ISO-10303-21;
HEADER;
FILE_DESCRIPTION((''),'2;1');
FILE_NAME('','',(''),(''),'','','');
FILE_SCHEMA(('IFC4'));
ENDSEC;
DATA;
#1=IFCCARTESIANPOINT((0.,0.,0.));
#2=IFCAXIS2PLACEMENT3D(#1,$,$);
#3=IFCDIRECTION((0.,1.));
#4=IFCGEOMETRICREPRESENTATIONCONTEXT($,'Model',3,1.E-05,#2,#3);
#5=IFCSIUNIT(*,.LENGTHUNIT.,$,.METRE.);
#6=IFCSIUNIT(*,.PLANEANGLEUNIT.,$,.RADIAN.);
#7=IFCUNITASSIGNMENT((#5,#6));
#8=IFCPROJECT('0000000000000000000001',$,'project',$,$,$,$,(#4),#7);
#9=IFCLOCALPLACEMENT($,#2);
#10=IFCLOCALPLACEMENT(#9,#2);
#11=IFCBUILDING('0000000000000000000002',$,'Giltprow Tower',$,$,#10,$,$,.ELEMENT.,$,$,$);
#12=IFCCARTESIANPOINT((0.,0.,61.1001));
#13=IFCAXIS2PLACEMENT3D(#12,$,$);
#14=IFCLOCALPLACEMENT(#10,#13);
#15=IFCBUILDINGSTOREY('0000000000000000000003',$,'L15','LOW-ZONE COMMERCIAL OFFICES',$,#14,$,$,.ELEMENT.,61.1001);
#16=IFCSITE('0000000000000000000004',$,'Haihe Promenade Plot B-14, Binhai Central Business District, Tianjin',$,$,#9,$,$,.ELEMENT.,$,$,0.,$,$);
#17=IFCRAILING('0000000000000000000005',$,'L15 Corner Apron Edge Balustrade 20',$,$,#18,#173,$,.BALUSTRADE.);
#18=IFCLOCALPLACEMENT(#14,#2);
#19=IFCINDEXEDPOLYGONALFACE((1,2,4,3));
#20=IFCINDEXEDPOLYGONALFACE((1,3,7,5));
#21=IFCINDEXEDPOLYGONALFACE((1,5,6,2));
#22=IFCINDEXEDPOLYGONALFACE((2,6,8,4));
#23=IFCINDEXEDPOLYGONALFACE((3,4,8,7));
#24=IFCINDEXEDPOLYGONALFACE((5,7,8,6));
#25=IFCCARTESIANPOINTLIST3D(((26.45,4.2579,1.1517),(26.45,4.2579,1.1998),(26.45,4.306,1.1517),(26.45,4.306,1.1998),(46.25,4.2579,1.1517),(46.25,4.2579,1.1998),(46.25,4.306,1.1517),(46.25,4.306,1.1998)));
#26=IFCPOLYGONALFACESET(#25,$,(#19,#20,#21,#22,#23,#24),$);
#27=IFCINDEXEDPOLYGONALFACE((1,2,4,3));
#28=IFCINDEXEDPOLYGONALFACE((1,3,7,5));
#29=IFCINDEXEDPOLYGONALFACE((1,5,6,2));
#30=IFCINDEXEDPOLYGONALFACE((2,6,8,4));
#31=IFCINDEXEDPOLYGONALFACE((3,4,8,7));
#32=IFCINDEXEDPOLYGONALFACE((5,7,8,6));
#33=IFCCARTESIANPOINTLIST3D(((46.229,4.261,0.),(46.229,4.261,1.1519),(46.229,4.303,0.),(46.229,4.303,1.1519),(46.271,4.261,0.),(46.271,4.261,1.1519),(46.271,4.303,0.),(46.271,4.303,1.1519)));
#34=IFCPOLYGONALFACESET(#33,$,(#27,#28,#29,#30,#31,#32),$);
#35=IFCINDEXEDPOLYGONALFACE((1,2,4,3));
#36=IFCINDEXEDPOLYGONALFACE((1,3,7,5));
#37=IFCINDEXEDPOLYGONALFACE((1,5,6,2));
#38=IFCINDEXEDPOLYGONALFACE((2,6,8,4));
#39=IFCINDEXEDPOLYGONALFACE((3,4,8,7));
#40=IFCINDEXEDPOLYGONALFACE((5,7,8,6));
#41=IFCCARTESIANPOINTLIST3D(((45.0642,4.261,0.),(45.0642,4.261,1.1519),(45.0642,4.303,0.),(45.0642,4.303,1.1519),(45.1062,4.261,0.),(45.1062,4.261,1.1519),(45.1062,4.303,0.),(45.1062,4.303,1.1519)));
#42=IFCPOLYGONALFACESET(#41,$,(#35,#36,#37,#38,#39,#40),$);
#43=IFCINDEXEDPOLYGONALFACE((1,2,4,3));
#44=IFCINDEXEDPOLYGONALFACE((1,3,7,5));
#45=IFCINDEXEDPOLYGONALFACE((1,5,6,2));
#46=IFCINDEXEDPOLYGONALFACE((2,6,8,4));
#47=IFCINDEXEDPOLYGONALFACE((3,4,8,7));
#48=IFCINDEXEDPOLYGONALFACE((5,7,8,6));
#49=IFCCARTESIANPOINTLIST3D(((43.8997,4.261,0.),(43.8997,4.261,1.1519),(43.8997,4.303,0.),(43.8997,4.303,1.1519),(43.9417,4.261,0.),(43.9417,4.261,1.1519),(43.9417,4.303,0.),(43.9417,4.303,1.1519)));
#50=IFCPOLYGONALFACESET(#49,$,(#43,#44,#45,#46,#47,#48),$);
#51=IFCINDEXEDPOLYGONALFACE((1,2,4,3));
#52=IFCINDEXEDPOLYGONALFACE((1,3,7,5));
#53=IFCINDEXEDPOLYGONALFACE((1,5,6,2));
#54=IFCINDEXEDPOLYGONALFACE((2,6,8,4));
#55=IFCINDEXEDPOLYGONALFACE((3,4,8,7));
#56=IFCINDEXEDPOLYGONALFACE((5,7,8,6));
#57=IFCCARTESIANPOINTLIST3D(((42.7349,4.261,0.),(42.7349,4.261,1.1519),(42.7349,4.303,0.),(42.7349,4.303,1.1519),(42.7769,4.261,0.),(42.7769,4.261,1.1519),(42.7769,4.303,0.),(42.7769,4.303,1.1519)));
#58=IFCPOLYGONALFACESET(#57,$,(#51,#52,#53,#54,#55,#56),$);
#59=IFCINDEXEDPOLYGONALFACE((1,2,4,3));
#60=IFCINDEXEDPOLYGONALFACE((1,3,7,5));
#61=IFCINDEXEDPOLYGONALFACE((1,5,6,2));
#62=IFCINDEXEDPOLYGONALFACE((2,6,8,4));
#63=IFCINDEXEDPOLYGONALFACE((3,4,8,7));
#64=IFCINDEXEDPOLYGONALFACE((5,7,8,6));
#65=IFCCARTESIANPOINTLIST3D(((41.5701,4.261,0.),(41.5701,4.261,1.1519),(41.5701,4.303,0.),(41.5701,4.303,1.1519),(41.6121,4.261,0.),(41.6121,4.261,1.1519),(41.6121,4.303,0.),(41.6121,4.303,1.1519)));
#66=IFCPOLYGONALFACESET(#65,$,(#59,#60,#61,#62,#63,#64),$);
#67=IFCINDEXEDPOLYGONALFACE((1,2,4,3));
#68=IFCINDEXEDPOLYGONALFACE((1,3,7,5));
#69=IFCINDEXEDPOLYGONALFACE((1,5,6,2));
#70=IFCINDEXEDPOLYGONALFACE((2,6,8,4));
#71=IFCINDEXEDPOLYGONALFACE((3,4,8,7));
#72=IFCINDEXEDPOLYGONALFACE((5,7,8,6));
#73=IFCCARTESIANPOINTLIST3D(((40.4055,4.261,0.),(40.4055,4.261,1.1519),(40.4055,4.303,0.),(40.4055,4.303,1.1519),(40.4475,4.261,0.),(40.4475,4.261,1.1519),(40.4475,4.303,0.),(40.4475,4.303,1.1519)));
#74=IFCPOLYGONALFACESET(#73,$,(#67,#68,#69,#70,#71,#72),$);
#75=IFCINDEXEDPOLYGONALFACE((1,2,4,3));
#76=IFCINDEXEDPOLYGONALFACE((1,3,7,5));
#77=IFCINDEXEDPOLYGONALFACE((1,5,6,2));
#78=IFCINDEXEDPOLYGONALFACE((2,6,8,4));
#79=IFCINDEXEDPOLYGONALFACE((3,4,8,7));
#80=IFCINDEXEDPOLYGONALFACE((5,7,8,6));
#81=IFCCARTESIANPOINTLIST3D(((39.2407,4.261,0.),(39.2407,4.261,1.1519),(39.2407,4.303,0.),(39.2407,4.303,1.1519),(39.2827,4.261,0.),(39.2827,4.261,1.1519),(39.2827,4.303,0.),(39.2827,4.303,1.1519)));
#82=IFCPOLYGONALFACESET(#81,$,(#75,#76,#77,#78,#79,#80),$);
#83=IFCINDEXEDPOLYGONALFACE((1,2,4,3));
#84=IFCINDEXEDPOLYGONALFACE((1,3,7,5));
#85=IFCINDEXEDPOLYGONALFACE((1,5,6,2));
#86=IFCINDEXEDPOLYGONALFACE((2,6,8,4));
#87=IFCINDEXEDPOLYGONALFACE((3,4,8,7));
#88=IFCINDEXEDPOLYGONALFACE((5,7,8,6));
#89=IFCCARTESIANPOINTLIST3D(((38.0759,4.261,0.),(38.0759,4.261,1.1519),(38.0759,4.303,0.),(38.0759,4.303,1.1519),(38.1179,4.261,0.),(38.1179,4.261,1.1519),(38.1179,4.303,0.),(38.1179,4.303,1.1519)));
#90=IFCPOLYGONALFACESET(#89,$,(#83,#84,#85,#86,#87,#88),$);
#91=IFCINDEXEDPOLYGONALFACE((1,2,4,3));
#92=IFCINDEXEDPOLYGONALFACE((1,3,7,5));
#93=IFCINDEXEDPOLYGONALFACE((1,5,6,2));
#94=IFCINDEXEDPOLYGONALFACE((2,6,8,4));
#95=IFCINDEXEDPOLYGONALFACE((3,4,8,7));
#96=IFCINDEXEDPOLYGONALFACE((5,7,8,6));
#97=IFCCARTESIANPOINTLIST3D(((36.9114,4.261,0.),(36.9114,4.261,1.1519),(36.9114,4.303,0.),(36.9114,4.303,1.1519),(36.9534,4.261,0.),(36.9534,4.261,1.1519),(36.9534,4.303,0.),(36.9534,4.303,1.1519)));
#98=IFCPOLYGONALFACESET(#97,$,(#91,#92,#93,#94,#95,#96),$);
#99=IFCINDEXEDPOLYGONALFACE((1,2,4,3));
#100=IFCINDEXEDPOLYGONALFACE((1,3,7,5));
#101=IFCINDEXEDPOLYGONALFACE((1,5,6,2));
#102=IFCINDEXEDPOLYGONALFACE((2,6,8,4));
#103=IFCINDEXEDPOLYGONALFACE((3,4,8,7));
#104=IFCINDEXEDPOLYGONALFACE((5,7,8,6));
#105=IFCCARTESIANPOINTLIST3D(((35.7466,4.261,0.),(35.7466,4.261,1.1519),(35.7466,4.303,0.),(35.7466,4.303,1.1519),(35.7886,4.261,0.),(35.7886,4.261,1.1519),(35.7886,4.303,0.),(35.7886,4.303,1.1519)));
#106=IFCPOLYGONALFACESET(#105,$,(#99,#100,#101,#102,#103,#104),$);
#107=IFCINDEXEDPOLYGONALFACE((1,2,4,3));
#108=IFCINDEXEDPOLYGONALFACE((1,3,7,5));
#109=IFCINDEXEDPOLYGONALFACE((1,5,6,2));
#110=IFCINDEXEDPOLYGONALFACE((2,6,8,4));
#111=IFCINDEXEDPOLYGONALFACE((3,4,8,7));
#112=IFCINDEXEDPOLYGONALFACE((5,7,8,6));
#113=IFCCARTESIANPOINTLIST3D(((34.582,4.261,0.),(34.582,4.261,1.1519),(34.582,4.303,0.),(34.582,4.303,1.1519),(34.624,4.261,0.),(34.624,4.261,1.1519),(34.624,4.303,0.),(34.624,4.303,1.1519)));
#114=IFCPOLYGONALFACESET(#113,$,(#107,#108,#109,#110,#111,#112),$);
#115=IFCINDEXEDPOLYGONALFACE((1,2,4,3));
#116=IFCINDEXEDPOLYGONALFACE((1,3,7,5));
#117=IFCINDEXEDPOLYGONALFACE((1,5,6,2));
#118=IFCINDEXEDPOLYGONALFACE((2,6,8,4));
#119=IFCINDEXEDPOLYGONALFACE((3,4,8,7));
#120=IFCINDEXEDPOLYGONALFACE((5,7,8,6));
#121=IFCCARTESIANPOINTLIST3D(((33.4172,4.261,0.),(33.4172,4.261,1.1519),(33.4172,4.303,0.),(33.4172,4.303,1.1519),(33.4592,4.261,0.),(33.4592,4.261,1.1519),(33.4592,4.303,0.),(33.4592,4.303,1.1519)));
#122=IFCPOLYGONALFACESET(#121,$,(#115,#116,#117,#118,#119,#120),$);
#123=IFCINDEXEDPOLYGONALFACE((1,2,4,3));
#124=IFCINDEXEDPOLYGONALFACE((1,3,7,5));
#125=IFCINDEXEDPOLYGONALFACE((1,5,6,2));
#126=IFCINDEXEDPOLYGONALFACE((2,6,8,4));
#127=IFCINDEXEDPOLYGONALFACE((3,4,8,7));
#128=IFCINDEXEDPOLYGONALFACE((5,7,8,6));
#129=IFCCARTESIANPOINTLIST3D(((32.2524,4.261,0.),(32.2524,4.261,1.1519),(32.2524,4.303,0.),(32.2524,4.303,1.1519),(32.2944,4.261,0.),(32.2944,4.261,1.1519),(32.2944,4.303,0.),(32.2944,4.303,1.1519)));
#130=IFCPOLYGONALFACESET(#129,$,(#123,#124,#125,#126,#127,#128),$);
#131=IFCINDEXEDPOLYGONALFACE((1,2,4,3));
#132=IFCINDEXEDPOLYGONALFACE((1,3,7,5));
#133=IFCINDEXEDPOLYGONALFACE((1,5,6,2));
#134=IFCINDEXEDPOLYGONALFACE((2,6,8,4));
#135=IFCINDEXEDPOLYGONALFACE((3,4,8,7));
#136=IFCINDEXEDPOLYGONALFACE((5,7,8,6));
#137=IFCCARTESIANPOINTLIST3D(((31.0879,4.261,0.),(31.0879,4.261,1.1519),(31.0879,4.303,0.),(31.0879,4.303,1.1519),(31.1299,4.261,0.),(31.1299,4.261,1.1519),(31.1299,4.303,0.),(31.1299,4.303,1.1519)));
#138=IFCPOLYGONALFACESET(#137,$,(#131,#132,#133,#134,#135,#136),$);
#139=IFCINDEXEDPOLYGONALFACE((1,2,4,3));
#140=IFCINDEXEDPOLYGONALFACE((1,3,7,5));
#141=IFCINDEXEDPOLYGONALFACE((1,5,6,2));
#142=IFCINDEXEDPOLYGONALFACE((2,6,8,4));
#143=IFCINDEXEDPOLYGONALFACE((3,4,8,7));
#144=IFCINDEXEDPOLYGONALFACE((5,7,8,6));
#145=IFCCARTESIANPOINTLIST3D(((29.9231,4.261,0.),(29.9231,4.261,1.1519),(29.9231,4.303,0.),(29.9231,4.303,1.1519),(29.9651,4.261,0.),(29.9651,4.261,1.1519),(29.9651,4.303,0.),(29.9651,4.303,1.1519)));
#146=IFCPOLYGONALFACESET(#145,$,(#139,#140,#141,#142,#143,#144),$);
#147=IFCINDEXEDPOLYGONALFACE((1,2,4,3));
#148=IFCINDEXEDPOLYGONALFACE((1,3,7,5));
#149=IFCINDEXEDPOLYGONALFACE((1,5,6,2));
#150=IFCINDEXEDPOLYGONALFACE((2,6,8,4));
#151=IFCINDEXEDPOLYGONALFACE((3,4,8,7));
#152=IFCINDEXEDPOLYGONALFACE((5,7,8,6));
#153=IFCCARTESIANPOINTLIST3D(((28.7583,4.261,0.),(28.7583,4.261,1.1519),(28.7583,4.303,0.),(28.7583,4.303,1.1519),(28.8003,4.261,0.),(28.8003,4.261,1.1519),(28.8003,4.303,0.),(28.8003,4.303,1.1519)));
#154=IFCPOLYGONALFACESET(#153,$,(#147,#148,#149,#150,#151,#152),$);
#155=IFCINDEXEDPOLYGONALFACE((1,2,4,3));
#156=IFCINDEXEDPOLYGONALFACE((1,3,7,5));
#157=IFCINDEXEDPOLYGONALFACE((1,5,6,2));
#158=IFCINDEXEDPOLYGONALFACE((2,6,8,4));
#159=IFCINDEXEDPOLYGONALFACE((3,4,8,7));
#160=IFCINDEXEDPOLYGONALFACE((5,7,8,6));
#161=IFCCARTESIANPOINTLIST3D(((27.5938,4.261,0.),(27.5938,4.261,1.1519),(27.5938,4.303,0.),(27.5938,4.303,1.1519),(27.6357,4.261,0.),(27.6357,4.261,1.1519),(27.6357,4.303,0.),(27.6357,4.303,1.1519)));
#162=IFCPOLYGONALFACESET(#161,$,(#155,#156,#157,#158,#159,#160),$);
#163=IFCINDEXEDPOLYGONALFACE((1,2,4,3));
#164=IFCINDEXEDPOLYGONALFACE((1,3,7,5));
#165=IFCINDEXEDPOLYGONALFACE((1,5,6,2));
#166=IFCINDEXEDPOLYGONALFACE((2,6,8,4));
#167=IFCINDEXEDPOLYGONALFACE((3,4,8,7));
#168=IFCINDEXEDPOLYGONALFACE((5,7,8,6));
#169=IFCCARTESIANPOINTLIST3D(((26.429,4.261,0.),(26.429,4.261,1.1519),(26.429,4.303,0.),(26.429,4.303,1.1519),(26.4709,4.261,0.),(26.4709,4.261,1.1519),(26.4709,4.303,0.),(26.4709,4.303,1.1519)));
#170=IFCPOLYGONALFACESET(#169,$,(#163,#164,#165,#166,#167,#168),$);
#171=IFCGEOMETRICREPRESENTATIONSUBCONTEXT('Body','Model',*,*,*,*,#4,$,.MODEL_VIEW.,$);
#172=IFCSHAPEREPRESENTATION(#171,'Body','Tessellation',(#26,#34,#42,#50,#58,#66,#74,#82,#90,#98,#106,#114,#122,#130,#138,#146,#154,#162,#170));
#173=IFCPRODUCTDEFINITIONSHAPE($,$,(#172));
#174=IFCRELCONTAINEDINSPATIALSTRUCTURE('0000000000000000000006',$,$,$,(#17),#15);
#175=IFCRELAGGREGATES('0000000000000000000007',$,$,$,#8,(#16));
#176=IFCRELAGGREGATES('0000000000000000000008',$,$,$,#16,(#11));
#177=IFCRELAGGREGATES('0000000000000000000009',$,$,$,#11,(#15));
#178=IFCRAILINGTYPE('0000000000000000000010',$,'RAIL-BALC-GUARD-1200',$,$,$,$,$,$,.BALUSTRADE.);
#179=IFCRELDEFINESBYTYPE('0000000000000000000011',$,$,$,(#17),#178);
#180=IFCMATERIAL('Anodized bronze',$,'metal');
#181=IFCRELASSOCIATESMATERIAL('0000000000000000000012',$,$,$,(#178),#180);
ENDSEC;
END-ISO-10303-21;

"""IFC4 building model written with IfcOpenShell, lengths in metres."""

from ifc_helpers import new_model, si_unit, direction, frame, origin, origin_2d, place, context, subcontext, project, spatial, rectangle, extrude, material, type_object, element, save


model = new_model("IFC4")

# Units and contexts
model_context = context("Model", 3, precision=1e-05, world=origin(), true_north=direction((0.0, 1.0)))
body_context = subcontext(model_context, "Body", "Model", "MODEL_VIEW")
ifc_project = project(units=[si_unit("LENGTHUNIT", "METRE"), si_unit("PLANEANGLEUNIT", "RADIAN")], contexts=[model_context])

# Site, building, storey
site_placement = place(None, origin())
site = spatial("IfcSite", under=ifc_project, at=site_placement, Name="Haihe Promenade Plot B-14, Binhai Central Business District, Tianjin", CompositionType="ELEMENT", RefElevation=0.0)
building_placement = place(site_placement, origin())
building = spatial("IfcBuilding", under=site, at=building_placement, Name="Giltprow Tower", CompositionType="ELEMENT")
storey_placement = place(building_placement, frame((0.0, 0.0, 61.1001)))
storey = spatial("IfcBuildingStorey", under=building, at=storey_placement, Name="L15", Description="LOW-ZONE COMMERCIAL OFFICES", CompositionType="ELEMENT", Elevation=61.1001)

# Shared definitions
ifc_material_1 = material(Name="Anodized bronze", Category="metal")

# Railing
railing_type = type_object("IfcRailingType", Name="RAIL-BALC-GUARD-1200", PredefinedType="BALUSTRADE", material=ifc_material_1)
railing_1_placement = place(storey_placement, frame((46.25, 4.282, 0.0)))
element("IfcRailing", 1, at=railing_1_placement, inside=storey, type_object=railing_type, Name="L15 Corner Apron Edge Balustrade 20", PredefinedType="BALUSTRADE", context=body_context, shape_type="SweptSolid", body=[
    extrude(rectangle(XDim=0.0481, YDim=0.0481, at=origin_2d()), frame((0.0, 0.0, 1.1758), z_axis=(-1.0, 0.0, 0.0), x_axis=(0.0, -1.0, 0.0)), (0.0, 0.0, 1.0), 19.8),
    extrude(rectangle(XDim=0.042, YDim=0.042, at=origin_2d()), origin(), (0.0, 0.0, 1.0), 1.1519),
    extrude(rectangle(XDim=0.042, YDim=0.042, at=origin_2d()), frame((-1.1648, 0.0, 0.0)), (0.0, 0.0, 1.0), 1.1519),
    extrude(rectangle(XDim=0.042, YDim=0.042, at=origin_2d()), frame((-2.3293, 0.0, 0.0)), (0.0, 0.0, 1.0), 1.1519),
    extrude(rectangle(XDim=0.042, YDim=0.042, at=origin_2d()), frame((-3.4941, 0.0, 0.0)), (0.0, 0.0, 1.0), 1.1519),
    extrude(rectangle(XDim=0.042, YDim=0.042, at=origin_2d()), frame((-4.6589, 0.0, 0.0)), (0.0, 0.0, 1.0), 1.1519),
    extrude(rectangle(XDim=0.042, YDim=0.042, at=origin_2d()), frame((-5.8235, 0.0, 0.0)), (0.0, 0.0, 1.0), 1.1519),
    extrude(rectangle(XDim=0.042, YDim=0.042, at=origin_2d()), frame((-6.9883, 0.0, 0.0)), (0.0, 0.0, 1.0), 1.1519),
    extrude(rectangle(XDim=0.042, YDim=0.042, at=origin_2d()), frame((-8.1531, 0.0, 0.0)), (0.0, 0.0, 1.0), 1.1519),
    extrude(rectangle(XDim=0.042, YDim=0.042, at=origin_2d()), frame((-9.3176, 0.0, 0.0)), (0.0, 0.0, 1.0), 1.1519),
    extrude(rectangle(XDim=0.042, YDim=0.042, at=origin_2d()), frame((-10.4824, 0.0, 0.0)), (0.0, 0.0, 1.0), 1.1519),
    extrude(rectangle(XDim=0.042, YDim=0.042, at=origin_2d()), frame((-11.647, 0.0, 0.0)), (0.0, 0.0, 1.0), 1.1519),
    extrude(rectangle(XDim=0.042, YDim=0.042, at=origin_2d()), frame((-12.8118, 0.0, 0.0)), (0.0, 0.0, 1.0), 1.1519),
    extrude(rectangle(XDim=0.042, YDim=0.042, at=origin_2d()), frame((-13.9766, 0.0, 0.0)), (0.0, 0.0, 1.0), 1.1519),
    extrude(rectangle(XDim=0.042, YDim=0.042, at=origin_2d()), frame((-15.1411, 0.0, 0.0)), (0.0, 0.0, 1.0), 1.1519),
    extrude(rectangle(XDim=0.042, YDim=0.042, at=origin_2d()), frame((-16.3059, 0.0, 0.0)), (0.0, 0.0, 1.0), 1.1519),
    extrude(rectangle(XDim=0.042, YDim=0.042, at=origin_2d()), frame((-17.4707, 0.0, 0.0)), (0.0, 0.0, 1.0), 1.1519),
    extrude(rectangle(XDim=0.042, YDim=0.042, at=origin_2d()), frame((-18.6353, 0.0, 0.0)), (0.0, 0.0, 1.0), 1.1519),
    extrude(rectangle(XDim=0.042, YDim=0.042, at=origin_2d()), frame((-19.8, 0.0, 0.0)), (0.0, 0.0, 1.0), 1.1519),
])

save(model, "model.ifc")
